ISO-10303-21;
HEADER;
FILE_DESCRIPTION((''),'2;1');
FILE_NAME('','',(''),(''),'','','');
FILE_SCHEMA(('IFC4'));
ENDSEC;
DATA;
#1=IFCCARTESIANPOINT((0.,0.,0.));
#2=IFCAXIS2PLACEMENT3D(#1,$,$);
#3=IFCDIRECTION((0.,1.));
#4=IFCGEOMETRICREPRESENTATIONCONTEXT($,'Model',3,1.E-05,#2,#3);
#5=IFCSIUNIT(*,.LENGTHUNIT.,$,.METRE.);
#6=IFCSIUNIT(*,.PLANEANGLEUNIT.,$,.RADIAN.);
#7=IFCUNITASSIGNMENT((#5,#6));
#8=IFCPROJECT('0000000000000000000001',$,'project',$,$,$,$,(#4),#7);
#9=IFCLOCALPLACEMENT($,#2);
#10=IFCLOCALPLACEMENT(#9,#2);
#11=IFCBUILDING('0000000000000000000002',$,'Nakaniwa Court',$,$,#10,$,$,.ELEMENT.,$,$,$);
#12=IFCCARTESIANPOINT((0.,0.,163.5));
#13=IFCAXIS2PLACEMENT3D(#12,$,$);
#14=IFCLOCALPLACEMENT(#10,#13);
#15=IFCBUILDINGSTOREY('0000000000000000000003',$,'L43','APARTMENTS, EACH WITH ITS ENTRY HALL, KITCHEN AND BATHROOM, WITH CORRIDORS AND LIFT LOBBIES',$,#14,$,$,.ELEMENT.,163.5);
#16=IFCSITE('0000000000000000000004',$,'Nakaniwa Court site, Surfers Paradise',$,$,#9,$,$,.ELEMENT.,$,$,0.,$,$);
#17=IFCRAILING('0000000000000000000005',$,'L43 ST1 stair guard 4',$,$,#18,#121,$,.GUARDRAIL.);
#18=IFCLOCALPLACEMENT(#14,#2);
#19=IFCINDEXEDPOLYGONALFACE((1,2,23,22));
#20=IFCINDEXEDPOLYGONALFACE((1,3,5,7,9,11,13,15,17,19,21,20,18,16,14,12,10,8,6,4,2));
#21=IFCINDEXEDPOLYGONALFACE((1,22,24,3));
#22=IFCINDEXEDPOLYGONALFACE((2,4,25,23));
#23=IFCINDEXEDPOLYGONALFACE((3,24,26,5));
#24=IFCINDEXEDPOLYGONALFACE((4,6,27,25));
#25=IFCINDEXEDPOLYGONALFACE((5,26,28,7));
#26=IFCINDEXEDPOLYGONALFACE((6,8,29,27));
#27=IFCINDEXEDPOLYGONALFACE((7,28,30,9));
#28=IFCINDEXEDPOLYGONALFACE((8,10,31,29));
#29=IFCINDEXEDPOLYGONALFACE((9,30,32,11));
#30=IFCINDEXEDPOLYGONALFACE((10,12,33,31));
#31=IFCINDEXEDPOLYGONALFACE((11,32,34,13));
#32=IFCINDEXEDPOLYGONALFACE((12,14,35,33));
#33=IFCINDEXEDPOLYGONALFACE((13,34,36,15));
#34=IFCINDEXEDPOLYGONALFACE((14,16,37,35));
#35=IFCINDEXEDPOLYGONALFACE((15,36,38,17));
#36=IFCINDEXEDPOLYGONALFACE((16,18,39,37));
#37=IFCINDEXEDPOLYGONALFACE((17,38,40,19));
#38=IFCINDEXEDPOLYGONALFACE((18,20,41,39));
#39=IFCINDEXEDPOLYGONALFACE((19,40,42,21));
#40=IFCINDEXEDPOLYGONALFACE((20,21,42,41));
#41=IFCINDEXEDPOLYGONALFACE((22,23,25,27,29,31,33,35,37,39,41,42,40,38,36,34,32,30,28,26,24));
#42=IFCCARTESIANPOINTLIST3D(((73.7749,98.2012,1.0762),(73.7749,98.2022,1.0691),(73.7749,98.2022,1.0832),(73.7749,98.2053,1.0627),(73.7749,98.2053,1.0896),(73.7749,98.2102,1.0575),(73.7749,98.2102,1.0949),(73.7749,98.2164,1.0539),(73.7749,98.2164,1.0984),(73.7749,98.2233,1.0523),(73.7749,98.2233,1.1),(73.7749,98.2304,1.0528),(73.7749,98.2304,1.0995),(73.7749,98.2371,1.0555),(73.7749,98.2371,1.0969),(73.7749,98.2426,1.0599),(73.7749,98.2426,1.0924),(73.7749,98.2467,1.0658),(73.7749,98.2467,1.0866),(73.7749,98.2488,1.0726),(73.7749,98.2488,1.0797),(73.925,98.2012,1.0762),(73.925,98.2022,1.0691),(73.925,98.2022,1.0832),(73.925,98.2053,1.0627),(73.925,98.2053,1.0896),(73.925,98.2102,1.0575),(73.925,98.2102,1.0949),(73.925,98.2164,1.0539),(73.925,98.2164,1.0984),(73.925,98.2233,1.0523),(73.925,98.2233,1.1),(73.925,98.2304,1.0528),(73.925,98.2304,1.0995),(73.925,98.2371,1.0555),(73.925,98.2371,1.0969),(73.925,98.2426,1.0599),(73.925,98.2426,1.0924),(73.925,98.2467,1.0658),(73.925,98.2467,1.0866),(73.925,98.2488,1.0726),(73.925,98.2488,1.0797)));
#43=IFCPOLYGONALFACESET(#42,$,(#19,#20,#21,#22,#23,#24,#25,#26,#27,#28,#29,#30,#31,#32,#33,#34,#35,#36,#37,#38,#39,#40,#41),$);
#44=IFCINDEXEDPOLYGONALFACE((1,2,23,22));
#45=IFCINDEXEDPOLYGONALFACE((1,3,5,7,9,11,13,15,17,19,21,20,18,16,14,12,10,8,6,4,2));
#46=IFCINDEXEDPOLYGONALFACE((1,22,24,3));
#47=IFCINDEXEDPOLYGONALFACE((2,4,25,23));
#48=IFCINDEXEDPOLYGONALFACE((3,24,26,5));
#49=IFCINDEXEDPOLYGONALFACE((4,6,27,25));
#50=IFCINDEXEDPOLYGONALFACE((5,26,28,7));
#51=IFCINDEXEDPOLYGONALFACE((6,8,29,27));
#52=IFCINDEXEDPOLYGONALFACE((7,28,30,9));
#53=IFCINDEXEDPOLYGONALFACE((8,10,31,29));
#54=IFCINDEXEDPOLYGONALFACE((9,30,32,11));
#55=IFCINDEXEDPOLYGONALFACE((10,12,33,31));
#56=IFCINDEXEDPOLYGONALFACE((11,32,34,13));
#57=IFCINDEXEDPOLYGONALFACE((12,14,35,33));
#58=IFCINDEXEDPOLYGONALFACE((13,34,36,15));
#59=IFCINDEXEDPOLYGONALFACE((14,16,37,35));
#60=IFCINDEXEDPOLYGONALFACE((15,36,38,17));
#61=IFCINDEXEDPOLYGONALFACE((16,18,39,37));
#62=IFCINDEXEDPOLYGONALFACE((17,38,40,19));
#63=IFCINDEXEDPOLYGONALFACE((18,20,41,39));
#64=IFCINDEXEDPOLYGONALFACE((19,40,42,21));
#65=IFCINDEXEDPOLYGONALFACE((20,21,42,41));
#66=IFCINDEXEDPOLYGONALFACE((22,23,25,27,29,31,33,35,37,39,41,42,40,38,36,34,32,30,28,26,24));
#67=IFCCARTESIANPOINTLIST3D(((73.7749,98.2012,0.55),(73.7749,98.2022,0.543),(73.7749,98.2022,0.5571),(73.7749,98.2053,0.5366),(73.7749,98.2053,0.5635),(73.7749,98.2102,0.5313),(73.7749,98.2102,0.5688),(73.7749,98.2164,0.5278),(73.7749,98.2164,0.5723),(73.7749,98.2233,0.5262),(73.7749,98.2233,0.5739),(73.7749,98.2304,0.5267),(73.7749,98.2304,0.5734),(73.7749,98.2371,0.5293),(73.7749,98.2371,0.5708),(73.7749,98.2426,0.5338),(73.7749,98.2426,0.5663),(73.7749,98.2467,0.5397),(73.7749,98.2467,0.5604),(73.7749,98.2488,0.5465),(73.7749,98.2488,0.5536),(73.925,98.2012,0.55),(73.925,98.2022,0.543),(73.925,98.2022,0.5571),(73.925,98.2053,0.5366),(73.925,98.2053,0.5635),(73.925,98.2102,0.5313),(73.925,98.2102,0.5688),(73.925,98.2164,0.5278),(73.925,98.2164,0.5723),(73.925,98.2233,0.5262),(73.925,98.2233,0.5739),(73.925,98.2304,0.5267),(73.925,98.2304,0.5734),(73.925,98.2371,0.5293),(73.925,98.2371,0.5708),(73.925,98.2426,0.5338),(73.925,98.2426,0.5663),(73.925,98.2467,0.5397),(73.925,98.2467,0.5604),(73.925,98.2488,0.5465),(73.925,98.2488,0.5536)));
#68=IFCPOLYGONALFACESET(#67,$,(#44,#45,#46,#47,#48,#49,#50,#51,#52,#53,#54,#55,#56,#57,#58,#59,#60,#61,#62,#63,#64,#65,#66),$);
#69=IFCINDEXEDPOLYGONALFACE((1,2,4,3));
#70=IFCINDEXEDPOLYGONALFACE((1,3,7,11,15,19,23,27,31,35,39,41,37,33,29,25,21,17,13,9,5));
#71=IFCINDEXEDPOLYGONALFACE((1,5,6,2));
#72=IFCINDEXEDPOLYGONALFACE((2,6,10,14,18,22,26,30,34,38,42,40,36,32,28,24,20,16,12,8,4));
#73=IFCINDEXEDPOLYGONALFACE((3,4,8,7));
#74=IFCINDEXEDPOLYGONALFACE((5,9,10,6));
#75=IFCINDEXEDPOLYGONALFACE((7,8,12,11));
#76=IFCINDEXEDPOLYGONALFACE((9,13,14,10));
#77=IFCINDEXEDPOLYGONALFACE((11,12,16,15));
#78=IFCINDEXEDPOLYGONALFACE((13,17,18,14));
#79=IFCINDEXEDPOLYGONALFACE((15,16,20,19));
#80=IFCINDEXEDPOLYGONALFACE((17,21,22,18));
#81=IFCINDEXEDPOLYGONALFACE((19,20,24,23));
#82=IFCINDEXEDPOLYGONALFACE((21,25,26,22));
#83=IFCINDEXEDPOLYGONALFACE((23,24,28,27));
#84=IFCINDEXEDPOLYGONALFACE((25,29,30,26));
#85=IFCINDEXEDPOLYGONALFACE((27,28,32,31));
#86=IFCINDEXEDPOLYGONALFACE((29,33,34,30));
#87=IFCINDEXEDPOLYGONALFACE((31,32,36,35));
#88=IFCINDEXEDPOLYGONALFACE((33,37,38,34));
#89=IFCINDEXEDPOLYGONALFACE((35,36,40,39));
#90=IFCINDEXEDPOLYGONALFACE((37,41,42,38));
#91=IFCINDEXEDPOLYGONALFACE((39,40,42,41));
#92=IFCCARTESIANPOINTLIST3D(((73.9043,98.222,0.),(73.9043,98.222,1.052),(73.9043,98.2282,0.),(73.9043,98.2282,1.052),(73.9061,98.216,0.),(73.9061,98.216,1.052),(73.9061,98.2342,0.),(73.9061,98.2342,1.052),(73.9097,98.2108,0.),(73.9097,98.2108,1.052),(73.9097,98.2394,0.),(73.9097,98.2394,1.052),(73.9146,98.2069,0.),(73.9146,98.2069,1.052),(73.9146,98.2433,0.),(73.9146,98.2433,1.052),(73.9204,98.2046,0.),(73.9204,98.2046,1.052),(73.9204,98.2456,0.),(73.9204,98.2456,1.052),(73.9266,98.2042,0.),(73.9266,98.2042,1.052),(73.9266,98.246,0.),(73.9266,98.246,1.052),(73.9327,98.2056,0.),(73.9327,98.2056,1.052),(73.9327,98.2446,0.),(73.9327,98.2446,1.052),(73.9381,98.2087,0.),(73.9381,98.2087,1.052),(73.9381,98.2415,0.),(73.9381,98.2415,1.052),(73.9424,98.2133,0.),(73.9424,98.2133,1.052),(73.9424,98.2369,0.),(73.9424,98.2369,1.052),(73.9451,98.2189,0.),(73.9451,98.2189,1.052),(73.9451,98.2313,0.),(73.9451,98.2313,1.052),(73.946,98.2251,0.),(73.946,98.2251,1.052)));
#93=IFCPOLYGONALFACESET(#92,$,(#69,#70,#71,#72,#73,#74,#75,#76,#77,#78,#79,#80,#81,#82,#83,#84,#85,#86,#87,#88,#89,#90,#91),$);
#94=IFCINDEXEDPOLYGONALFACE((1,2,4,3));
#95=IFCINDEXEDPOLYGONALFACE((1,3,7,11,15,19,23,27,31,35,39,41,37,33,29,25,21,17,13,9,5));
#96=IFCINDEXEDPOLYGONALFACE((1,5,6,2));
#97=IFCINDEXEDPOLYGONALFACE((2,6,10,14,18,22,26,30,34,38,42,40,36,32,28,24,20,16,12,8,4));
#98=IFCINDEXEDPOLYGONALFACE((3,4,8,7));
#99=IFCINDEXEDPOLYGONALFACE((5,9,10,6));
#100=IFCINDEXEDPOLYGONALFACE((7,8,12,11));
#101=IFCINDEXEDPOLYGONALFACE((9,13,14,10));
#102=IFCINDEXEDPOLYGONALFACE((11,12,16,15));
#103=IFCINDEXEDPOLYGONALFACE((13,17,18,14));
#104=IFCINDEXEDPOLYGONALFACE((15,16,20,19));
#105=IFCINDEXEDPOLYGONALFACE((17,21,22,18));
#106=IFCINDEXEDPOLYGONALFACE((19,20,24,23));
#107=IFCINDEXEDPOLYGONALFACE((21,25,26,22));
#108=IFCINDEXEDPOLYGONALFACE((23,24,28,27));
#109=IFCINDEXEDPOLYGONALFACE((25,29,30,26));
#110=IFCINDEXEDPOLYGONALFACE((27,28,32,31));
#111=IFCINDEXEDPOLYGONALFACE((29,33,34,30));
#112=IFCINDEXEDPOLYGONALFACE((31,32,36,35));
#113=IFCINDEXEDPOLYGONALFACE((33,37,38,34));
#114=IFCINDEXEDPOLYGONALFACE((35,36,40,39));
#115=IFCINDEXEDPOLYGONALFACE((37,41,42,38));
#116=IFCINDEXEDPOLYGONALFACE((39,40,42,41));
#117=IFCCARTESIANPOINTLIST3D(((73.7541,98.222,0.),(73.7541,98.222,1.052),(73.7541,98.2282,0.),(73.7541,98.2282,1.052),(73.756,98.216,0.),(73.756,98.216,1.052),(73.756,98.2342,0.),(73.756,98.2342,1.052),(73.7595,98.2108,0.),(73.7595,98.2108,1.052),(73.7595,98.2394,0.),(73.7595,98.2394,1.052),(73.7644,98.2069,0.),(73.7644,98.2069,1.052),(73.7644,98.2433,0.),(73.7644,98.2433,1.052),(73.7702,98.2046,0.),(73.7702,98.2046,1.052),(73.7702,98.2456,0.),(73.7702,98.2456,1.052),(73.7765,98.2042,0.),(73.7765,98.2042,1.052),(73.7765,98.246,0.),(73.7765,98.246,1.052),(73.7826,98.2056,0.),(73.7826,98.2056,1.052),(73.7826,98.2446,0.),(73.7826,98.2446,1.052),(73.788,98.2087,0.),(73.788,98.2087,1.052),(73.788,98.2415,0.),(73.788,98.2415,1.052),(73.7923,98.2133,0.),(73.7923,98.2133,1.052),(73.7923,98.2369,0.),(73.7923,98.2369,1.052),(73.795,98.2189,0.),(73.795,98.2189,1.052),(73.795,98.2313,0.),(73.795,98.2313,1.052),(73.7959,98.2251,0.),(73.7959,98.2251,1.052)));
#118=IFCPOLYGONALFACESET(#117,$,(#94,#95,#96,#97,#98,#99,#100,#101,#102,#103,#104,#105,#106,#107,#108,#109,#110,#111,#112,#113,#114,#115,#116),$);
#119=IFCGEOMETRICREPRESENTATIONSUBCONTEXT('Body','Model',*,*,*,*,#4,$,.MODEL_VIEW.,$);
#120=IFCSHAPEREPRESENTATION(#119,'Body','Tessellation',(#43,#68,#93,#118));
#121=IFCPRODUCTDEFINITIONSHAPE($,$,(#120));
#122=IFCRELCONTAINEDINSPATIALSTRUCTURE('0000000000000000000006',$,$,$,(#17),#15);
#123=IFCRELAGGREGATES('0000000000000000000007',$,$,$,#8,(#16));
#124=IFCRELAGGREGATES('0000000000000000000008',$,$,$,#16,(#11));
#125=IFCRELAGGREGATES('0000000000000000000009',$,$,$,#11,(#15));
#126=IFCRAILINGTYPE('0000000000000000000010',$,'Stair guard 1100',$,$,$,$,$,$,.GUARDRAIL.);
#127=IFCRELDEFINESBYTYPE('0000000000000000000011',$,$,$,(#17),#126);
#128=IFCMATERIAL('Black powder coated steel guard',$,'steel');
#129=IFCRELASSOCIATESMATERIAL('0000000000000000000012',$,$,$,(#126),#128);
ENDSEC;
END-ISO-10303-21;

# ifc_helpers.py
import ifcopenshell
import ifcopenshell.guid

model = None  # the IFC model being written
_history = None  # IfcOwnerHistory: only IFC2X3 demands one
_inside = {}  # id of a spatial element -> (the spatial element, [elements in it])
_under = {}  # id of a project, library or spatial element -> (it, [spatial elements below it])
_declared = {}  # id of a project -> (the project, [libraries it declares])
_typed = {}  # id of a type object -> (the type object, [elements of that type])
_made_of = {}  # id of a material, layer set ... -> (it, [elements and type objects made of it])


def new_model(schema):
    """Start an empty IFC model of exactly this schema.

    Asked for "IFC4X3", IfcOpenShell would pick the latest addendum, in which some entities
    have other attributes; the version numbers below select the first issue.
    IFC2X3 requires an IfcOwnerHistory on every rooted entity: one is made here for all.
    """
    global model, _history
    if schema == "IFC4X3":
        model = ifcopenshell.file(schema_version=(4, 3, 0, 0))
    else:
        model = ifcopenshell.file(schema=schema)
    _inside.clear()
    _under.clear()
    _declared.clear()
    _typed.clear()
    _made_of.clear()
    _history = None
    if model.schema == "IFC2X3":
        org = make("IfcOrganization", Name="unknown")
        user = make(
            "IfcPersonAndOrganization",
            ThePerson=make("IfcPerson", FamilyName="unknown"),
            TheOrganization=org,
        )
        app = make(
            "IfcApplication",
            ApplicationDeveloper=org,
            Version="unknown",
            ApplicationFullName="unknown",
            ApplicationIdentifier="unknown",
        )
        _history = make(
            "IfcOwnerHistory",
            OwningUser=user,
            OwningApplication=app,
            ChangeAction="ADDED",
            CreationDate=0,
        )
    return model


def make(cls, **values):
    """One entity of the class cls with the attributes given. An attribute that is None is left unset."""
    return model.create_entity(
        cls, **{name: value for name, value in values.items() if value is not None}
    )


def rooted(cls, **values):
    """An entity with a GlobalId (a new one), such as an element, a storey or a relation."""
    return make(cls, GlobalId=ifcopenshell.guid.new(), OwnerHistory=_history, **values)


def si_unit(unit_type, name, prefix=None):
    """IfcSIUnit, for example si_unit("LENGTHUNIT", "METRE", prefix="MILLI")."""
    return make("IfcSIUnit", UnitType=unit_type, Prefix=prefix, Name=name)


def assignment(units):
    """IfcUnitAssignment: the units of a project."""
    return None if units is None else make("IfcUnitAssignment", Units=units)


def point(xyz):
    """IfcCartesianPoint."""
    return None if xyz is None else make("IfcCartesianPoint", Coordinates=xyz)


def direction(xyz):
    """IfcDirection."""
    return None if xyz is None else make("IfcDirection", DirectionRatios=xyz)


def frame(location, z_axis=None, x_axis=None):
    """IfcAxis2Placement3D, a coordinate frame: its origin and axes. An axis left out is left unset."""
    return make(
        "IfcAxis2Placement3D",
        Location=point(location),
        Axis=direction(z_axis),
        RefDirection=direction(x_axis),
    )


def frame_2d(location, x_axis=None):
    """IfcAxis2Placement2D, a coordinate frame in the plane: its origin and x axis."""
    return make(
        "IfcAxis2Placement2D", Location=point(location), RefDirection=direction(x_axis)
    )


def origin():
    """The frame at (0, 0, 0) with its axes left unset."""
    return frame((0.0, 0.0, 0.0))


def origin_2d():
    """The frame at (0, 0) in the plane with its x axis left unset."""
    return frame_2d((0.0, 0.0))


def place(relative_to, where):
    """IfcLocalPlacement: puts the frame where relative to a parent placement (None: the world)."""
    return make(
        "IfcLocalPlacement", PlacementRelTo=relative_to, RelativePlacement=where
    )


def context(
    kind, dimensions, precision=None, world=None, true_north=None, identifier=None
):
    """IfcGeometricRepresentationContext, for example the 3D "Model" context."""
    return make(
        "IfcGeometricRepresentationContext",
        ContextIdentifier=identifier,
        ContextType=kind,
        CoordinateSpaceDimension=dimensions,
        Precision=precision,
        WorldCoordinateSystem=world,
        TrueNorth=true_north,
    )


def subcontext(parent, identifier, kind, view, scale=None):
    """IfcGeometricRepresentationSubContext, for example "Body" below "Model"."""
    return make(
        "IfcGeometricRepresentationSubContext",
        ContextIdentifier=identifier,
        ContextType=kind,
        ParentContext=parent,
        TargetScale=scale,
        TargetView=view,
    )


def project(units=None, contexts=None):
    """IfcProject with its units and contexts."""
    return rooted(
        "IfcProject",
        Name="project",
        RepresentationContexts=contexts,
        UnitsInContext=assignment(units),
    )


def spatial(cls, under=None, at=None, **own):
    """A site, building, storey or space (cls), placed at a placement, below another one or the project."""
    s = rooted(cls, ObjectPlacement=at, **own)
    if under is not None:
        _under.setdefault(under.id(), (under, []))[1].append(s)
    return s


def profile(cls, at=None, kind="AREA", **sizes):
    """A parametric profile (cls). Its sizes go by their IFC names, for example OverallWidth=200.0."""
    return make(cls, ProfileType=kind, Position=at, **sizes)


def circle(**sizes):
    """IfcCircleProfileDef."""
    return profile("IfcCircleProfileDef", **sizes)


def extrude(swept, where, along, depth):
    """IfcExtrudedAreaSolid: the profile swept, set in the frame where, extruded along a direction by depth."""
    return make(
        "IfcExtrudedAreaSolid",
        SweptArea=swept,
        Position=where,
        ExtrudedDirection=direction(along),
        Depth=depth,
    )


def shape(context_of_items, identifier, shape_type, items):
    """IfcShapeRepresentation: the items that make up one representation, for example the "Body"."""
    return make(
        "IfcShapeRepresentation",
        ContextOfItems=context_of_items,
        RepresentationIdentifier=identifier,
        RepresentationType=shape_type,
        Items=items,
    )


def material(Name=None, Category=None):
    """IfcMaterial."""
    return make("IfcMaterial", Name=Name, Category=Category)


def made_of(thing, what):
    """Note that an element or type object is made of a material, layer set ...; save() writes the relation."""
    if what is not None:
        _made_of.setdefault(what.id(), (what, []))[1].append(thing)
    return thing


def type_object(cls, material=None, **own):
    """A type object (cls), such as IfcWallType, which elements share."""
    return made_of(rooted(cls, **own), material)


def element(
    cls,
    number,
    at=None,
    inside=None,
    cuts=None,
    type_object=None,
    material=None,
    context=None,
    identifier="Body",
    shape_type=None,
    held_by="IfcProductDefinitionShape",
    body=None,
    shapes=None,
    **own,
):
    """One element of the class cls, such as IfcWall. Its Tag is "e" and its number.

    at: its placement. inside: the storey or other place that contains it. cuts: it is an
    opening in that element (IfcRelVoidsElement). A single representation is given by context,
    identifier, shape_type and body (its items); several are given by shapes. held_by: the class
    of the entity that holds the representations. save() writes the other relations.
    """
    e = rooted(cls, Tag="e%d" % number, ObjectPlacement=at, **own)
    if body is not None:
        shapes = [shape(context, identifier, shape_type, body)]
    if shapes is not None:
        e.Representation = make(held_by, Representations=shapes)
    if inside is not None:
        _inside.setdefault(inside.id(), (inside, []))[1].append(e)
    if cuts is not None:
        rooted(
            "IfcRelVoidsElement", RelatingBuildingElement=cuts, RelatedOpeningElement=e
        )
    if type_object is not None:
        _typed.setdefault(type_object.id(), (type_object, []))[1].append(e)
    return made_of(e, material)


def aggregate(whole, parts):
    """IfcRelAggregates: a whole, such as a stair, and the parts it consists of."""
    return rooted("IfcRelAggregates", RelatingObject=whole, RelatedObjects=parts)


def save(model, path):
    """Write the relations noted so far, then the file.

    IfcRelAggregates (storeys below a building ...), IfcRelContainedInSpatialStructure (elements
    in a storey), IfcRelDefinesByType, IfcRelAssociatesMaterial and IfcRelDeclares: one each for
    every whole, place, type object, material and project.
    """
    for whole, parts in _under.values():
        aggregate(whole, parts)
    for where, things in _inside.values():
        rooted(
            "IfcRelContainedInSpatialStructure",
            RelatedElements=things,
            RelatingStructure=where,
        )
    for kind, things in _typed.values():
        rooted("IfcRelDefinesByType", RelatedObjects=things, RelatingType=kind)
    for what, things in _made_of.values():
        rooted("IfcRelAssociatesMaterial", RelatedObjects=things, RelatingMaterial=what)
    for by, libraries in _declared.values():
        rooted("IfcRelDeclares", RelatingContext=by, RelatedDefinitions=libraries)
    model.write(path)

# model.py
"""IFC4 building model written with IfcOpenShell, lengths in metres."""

from ifc_helpers import new_model, si_unit, direction, frame, origin, origin_2d, place, context, subcontext, project, spatial, circle, extrude, material, type_object, element, save


model = new_model("IFC4")

# Units and contexts
model_context = context("Model", 3, precision=1e-05, world=origin(), true_north=direction((0.0, 1.0)))
body_context = subcontext(model_context, "Body", "Model", "MODEL_VIEW")
ifc_project = project(units=[si_unit("LENGTHUNIT", "METRE"), si_unit("PLANEANGLEUNIT", "RADIAN")], contexts=[model_context])

# Site, building, storey
site_placement = place(None, origin())
site = spatial("IfcSite", under=ifc_project, at=site_placement, Name="Nakaniwa Court site, Surfers Paradise", CompositionType="ELEMENT", RefElevation=0.0)
building_placement = place(site_placement, origin())
building = spatial("IfcBuilding", under=site, at=building_placement, Name="Nakaniwa Court", CompositionType="ELEMENT")
storey_placement = place(building_placement, frame((0.0, 0.0, 163.5)))
storey = spatial("IfcBuildingStorey", under=building, at=storey_placement, Name="L43", Description="APARTMENTS, EACH WITH ITS ENTRY HALL, KITCHEN AND BATHROOM, WITH CORRIDORS AND LIFT LOBBIES", CompositionType="ELEMENT", Elevation=163.5)

# Railing
ifc_material_1 = material(Name="Black powder coated steel guard", Category="steel")
railing_type_1 = type_object("IfcRailingType", Name="Stair guard 1100", PredefinedType="GUARDRAIL", material=ifc_material_1)
railing_1_placement = place(storey_placement, frame((73.925, 98.2251, 0.0)))
element("IfcRailing", 1, at=railing_1_placement, inside=storey, type_object=railing_type_1, Name="L43 ST1 stair guard 4", PredefinedType="GUARDRAIL", context=body_context, shape_type="SweptSolid", body=[
    extrude(circle(Radius=0.0239, at=origin_2d()), frame((0.0, 0.0, 1.0762), z_axis=(-1.0, 0.0, 0.0), x_axis=(0.0, -1.0, 0.0)), (0.0, 0.0, 1.0), 0.1501),
    extrude(circle(Radius=0.0239, at=origin_2d()), frame((0.0, 0.0, 0.55), z_axis=(-1.0, 0.0, 0.0), x_axis=(0.0, -1.0, 0.0)), (0.0, 0.0, 1.0), 0.1501),
    extrude(circle(Radius=0.021, at=origin_2d()), origin(), (0.0, 0.0, 1.0), 1.052),
    extrude(circle(Radius=0.021, at=origin_2d()), frame((-0.1501, 0.0, 0.0)), (0.0, 0.0, 1.0), 1.052),
])

save(model, "model.ifc")
